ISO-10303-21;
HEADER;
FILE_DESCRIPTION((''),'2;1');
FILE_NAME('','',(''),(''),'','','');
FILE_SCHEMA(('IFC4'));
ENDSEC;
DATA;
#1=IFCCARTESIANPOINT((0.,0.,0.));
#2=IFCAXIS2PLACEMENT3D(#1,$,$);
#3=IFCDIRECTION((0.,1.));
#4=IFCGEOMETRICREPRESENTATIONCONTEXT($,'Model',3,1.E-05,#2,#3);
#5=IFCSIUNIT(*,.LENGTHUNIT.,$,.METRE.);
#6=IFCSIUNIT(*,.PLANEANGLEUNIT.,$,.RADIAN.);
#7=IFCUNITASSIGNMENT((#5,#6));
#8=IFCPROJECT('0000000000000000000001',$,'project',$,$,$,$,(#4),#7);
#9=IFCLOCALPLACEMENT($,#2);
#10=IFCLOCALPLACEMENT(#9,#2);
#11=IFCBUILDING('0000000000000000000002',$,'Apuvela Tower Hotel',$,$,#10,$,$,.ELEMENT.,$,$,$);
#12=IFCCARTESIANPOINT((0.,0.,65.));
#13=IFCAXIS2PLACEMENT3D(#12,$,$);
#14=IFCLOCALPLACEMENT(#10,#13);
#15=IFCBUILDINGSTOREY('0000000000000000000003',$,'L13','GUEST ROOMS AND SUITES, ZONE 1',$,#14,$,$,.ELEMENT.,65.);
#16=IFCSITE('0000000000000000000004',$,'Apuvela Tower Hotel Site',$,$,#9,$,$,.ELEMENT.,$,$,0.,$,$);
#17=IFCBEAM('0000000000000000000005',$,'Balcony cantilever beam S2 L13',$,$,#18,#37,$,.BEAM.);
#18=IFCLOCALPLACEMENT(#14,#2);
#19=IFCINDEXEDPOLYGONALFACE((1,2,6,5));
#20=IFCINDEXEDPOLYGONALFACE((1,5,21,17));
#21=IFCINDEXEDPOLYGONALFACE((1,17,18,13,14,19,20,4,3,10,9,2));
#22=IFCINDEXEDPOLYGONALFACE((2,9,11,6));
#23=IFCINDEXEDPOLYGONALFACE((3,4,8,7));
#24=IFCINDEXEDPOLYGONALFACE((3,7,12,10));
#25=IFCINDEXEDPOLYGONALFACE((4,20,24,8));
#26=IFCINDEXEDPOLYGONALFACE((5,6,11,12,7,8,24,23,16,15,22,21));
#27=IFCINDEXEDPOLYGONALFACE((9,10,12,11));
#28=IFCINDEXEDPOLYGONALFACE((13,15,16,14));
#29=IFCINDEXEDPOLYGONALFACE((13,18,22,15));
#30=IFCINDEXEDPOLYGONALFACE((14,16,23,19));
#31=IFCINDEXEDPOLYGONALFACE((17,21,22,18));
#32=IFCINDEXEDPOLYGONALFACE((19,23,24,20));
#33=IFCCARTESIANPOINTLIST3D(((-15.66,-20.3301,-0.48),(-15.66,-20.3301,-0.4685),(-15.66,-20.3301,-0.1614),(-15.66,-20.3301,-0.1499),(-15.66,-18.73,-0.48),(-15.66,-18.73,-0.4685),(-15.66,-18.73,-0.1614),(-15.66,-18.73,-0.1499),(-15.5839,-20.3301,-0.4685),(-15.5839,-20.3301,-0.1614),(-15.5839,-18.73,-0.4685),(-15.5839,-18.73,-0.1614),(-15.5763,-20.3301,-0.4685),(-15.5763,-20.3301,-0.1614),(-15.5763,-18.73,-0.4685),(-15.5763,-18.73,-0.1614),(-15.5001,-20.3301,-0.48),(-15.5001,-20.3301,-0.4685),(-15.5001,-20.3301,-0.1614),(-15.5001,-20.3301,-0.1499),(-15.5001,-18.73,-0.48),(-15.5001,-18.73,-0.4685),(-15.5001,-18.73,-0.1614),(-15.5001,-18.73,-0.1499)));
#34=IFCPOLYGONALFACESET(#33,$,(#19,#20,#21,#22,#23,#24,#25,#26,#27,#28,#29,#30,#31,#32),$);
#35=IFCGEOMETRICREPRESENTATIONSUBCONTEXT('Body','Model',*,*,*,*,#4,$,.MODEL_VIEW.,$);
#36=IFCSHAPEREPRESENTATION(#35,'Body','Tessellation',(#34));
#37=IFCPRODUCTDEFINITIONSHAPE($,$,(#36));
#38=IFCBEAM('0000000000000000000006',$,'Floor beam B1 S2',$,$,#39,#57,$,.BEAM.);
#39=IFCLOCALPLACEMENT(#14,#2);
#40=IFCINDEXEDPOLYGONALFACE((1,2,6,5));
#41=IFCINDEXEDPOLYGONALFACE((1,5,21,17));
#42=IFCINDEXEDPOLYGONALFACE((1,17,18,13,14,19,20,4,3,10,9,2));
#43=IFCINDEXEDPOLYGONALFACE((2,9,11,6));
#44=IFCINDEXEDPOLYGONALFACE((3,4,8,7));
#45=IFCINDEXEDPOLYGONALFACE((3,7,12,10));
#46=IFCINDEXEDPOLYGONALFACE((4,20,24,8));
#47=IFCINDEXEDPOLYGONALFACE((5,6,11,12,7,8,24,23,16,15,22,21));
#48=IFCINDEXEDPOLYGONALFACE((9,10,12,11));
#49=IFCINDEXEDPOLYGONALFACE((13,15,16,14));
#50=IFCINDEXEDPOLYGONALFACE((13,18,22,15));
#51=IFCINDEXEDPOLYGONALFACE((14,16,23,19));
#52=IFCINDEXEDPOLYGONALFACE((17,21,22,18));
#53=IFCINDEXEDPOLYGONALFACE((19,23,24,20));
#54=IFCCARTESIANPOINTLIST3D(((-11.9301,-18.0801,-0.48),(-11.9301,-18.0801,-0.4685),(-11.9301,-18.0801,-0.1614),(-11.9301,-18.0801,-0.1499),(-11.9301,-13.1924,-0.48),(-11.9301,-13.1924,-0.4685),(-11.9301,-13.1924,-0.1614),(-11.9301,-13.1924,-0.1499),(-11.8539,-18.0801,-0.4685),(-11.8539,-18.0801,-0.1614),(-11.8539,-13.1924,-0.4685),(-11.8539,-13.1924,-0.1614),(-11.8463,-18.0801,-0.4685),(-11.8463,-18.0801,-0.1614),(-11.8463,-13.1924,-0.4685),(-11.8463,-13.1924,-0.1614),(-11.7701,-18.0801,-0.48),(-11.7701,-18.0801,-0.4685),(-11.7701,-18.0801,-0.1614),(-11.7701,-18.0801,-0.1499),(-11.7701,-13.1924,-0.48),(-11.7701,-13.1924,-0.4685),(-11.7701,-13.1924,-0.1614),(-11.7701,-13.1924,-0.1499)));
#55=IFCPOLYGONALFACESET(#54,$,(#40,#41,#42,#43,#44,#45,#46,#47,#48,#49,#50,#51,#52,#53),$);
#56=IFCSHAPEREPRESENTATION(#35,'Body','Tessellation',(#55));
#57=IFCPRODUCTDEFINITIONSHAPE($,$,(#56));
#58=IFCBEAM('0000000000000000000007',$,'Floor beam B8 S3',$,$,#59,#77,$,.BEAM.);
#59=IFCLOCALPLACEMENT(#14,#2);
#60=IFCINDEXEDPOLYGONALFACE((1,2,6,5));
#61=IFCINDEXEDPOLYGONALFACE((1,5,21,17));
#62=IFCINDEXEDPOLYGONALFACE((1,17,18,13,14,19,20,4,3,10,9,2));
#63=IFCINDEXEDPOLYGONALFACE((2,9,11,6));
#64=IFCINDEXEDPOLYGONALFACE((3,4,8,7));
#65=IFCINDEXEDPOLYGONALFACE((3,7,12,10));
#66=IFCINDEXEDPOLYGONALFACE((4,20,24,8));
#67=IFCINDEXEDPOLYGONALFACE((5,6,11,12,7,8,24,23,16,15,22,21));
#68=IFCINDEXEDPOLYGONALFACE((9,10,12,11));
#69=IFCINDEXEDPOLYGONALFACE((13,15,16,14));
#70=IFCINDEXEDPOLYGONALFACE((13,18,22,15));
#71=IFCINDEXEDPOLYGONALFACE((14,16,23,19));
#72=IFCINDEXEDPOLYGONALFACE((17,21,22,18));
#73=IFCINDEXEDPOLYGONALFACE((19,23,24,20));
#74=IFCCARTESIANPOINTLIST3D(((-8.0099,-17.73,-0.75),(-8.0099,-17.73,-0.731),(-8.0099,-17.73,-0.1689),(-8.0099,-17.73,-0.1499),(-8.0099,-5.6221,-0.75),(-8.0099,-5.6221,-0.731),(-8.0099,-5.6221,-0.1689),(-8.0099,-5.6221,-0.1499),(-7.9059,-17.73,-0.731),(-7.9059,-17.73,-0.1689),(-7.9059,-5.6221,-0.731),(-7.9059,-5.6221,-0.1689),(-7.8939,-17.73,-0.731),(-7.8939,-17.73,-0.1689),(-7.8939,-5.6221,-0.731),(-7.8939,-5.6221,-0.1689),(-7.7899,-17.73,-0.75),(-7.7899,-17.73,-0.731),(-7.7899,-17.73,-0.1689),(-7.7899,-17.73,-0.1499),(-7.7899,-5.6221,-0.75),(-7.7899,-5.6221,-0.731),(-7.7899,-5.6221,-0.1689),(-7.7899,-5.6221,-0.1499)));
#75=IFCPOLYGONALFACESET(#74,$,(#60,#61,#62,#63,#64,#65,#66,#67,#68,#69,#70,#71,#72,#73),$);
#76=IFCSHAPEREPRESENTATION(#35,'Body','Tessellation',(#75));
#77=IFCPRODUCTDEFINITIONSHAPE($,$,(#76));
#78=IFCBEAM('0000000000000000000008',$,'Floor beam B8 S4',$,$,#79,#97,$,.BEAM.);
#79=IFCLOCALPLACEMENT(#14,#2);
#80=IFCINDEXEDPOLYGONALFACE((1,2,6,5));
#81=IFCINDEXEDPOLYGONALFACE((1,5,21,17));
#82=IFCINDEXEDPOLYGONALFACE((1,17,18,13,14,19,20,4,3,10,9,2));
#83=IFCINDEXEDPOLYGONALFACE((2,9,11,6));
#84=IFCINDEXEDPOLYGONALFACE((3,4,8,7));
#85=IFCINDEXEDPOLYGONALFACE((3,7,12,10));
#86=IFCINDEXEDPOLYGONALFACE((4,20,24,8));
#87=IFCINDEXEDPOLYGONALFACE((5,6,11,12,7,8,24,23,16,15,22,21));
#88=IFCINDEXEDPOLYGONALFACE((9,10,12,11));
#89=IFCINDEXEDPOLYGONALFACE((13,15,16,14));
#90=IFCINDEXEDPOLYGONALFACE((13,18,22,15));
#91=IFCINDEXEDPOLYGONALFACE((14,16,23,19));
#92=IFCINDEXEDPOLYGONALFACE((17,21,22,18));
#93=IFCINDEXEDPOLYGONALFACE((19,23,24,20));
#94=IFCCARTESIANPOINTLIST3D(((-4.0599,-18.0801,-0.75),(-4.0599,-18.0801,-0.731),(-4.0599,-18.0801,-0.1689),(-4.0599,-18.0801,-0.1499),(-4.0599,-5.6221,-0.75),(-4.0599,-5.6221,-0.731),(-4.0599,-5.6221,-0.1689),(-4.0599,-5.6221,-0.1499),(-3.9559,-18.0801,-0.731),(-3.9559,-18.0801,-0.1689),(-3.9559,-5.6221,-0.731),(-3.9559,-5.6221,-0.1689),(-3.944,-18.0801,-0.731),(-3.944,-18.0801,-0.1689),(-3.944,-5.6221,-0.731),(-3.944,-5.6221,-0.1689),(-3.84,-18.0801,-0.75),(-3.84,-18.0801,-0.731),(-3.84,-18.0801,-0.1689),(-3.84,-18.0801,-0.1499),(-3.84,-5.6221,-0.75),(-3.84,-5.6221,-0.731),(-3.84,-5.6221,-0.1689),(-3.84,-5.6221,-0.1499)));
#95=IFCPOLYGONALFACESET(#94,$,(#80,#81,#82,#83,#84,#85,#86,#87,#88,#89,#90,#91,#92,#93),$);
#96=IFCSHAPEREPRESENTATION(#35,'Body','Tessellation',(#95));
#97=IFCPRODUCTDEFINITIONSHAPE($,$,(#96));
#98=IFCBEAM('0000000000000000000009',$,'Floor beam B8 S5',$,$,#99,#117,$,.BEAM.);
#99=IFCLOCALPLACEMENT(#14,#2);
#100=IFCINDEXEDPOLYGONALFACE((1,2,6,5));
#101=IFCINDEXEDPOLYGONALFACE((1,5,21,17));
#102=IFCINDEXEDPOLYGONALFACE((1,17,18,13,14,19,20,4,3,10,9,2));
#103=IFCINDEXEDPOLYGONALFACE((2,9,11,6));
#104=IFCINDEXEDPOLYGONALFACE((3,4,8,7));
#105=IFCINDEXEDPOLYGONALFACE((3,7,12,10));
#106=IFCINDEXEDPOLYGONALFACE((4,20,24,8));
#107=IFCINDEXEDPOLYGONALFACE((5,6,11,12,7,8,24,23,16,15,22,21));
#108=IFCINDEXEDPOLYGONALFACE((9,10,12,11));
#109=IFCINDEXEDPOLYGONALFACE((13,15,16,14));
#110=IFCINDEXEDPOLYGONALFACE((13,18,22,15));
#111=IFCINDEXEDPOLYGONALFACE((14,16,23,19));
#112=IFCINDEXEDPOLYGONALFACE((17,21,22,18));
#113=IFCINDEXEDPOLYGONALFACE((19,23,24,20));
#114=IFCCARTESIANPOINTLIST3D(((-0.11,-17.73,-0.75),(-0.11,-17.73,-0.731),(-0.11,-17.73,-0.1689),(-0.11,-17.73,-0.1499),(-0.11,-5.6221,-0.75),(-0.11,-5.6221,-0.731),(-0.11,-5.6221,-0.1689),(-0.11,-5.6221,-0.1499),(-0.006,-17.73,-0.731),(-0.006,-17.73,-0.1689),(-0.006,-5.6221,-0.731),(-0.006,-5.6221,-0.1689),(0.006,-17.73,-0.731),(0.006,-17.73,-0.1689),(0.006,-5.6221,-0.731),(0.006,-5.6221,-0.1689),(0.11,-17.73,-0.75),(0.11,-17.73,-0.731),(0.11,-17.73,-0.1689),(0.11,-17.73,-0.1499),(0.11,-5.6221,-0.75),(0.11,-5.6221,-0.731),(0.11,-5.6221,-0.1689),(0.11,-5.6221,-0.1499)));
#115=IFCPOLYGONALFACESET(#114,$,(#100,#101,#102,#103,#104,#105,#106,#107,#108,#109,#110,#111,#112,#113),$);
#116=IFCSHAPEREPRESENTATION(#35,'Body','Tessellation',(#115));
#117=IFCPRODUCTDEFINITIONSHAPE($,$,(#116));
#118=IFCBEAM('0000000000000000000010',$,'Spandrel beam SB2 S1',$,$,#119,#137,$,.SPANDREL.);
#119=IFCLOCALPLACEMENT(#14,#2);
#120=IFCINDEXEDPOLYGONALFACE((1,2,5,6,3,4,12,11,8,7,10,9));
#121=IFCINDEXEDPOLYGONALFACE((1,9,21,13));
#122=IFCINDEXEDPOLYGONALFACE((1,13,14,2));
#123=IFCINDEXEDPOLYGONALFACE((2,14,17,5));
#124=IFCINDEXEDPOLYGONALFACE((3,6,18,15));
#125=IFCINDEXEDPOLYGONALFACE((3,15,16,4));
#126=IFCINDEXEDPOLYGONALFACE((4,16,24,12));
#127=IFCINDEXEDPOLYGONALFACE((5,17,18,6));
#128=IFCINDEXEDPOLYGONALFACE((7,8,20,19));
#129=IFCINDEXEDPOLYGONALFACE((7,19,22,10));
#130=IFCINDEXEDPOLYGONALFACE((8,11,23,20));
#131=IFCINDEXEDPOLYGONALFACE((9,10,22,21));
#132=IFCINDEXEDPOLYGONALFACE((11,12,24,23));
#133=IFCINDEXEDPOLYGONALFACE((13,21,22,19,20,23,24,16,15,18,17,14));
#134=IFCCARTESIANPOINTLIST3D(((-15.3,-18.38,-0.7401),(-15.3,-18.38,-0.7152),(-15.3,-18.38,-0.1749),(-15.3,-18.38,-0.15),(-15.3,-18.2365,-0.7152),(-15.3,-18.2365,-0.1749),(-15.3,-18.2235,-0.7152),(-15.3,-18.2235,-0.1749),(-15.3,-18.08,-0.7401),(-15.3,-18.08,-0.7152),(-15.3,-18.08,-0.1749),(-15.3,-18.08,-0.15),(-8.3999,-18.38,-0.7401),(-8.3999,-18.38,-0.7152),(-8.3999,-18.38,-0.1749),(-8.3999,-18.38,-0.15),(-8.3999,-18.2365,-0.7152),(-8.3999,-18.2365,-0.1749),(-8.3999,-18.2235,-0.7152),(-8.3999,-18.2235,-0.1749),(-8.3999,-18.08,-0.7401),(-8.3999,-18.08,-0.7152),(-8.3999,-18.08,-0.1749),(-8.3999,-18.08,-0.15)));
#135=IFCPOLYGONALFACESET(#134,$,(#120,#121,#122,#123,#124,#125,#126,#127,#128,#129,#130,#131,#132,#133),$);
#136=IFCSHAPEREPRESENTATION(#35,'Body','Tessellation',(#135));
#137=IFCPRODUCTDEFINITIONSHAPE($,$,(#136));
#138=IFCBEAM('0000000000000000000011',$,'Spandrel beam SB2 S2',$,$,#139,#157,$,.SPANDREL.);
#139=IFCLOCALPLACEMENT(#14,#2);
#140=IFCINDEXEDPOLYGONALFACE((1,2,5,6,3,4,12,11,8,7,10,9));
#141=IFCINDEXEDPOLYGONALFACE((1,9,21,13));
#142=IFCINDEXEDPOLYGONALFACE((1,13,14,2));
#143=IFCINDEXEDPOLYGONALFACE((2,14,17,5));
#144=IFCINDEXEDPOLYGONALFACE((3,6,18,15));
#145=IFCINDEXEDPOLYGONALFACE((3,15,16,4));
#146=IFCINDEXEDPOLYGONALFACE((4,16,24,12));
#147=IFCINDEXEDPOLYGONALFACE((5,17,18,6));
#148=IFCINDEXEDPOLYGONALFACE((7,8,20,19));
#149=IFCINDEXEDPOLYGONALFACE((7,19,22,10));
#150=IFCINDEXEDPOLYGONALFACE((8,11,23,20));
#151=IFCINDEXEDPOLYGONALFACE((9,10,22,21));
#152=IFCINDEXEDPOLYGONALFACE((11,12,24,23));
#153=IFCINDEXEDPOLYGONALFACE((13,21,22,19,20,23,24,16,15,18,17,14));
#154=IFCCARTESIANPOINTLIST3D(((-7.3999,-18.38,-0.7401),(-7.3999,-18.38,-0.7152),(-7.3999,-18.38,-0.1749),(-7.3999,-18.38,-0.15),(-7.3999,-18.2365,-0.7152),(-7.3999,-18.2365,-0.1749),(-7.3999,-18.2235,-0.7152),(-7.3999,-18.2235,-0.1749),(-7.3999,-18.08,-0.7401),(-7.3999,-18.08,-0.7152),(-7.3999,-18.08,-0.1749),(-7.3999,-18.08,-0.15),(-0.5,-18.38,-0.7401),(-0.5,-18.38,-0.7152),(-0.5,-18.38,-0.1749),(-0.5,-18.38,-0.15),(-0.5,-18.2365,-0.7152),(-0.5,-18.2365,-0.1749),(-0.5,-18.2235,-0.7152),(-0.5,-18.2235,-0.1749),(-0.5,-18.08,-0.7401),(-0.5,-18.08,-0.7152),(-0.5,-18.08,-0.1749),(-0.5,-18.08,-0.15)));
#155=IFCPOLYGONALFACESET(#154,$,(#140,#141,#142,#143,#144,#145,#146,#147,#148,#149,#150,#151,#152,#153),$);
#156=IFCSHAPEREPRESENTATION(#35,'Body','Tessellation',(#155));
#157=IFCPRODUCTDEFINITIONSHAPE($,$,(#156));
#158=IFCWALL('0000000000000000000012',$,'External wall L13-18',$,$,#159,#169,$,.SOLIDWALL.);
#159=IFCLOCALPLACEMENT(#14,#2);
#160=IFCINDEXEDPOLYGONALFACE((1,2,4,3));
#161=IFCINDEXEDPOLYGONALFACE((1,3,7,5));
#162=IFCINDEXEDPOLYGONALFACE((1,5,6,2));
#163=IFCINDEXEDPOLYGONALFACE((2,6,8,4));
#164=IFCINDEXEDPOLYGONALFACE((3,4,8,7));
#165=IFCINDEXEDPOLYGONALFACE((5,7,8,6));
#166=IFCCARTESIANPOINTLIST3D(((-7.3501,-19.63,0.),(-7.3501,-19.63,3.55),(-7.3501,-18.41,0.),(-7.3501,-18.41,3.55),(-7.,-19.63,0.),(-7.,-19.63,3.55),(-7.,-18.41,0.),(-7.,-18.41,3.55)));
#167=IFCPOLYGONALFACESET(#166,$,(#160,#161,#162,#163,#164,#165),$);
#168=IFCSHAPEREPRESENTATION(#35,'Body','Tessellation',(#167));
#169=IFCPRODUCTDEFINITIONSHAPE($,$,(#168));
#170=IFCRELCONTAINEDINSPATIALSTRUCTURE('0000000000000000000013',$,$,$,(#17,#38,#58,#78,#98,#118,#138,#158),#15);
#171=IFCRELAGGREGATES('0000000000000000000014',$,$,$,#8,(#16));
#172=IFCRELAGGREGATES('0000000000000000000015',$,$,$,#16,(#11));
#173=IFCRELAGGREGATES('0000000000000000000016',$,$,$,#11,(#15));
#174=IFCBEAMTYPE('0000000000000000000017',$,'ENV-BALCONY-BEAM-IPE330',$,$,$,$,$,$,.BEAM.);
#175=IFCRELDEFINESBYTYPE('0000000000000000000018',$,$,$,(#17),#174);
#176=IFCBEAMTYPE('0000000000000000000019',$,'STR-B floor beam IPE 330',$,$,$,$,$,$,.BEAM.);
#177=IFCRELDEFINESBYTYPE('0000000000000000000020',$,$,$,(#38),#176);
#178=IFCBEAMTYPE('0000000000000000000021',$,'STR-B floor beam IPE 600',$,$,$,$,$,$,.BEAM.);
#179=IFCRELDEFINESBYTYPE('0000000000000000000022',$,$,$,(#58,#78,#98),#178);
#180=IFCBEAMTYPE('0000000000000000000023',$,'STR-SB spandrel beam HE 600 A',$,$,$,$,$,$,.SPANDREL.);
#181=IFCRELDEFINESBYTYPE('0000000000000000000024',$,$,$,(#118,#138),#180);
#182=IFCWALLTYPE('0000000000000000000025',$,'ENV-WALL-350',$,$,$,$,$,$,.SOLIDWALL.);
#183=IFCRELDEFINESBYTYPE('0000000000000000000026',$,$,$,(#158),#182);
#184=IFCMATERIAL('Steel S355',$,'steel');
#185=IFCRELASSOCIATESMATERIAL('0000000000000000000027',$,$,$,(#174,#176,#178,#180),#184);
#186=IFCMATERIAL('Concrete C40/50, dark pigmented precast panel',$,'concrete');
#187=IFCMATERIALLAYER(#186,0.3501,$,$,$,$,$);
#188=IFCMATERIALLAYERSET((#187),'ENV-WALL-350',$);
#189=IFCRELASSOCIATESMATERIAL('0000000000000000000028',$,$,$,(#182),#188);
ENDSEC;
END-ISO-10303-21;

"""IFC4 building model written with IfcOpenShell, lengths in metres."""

from ifc_helpers import new_model, si_unit, direction, frame, frame_2d, origin, origin_2d, place, context, subcontext, project, spatial, rectangle, i_section, extrude, material, layer, layer_set, material_profile, profile_set, type_object, element, save


model = new_model("IFC4")

# Units and contexts
model_context = context("Model", 3, precision=1e-05, world=origin(), true_north=direction((0.0, 1.0)))
body_context = subcontext(model_context, "Body", "Model", "MODEL_VIEW")
ifc_project = project(units=[si_unit("LENGTHUNIT", "METRE"), si_unit("PLANEANGLEUNIT", "RADIAN")], contexts=[model_context])

# Site, building, storey
site_placement = place(None, origin())
site = spatial("IfcSite", under=ifc_project, at=site_placement, Name="Apuvela Tower Hotel Site", CompositionType="ELEMENT", RefElevation=0.0)
building_placement = place(site_placement, origin())
building = spatial("IfcBuilding", under=site, at=building_placement, Name="Apuvela Tower Hotel", CompositionType="ELEMENT")
storey_placement = place(building_placement, frame((0.0, 0.0, 65.0)))
storey = spatial("IfcBuildingStorey", under=building, at=storey_placement, Name="L13", Description="GUEST ROOMS AND SUITES, ZONE 1", CompositionType="ELEMENT", Elevation=65.0)

# Beams
ifc_material_1 = material(Name="Steel S355", Category="steel")
ifc_material_profile_1 = material_profile(ifc_material_1, i_section(OverallWidth=0.1599, OverallDepth=0.3301, WebThickness=0.0076, FlangeThickness=0.0115, at=origin_2d()), Name="IPE 330")
ifc_profile_set_1 = profile_set([ifc_material_profile_1], Name="Steel S355")
beam_type_1 = type_object("IfcBeamType", Name="ENV-BALCONY-BEAM-IPE330", PredefinedType="BEAM", material=ifc_profile_set_1)
beam_1_placement = place(storey_placement, frame((-15.5801, -18.73, -0.3149), z_axis=(0.0, -1.0, 0.0), x_axis=(1.0, 0.0, 0.0)))
element("IfcBeam", 1, at=beam_1_placement, inside=storey, type_object=beam_type_1, Name="Balcony cantilever beam S2 L13", PredefinedType="BEAM", context=body_context, shape_type="SweptSolid", body=[
    extrude(i_section(OverallWidth=0.1599, OverallDepth=0.3301, WebThickness=0.0076, FlangeThickness=0.0115, at=origin_2d()), origin(), (0.0, 0.0, 1.0), 1.6001),
])
ifc_material_profile_2 = material_profile(ifc_material_1, i_section(OverallWidth=0.1599, OverallDepth=0.3301, WebThickness=0.0076, FlangeThickness=0.0115, at=origin_2d()), Name="IPE 330")
ifc_profile_set_2 = profile_set([ifc_material_profile_2], Name="Steel S355")
beam_type_2 = type_object("IfcBeamType", Name="STR-B floor beam IPE 330", PredefinedType="BEAM", material=ifc_profile_set_2)
beam_2_placement = place(storey_placement, frame((-11.8501, -18.0801, -0.3149), z_axis=(0.0, 1.0, 0.0), x_axis=(-1.0, 0.0, 0.0)))
element("IfcBeam", 2, at=beam_2_placement, inside=storey, type_object=beam_type_2, Name="Floor beam B1 S2", PredefinedType="BEAM", context=body_context, shape_type="SweptSolid", body=[
    extrude(i_section(OverallWidth=0.1599, OverallDepth=0.3301, WebThickness=0.0076, FlangeThickness=0.0115, at=origin_2d()), origin(), (0.0, 0.0, 1.0), 4.8877),
])
ifc_material_profile_3 = material_profile(ifc_material_1, i_section(OverallWidth=0.22, OverallDepth=0.6001, WebThickness=0.012, FlangeThickness=0.019, at=origin_2d()), Name="IPE 600")
ifc_profile_set_3 = profile_set([ifc_material_profile_3], Name="Steel S355")
beam_type_3 = type_object("IfcBeamType", Name="STR-B floor beam IPE 600", PredefinedType="BEAM", material=ifc_profile_set_3)
beam_3_placement = place(storey_placement, frame((-7.8999, -17.73, -0.45), z_axis=(0.0, 1.0, 0.0), x_axis=(-1.0, 0.0, 0.0)))
element("IfcBeam", 3, at=beam_3_placement, inside=storey, type_object=beam_type_3, Name="Floor beam B8 S3", PredefinedType="BEAM", context=body_context, shape_type="SweptSolid", body=[
    extrude(i_section(OverallWidth=0.22, OverallDepth=0.6001, WebThickness=0.012, FlangeThickness=0.019, at=origin_2d()), origin(), (0.0, 0.0, 1.0), 12.1079),
])
beam_4_placement = place(storey_placement, frame((-3.95, -18.0801, -0.45), z_axis=(0.0, 1.0, 0.0), x_axis=(-1.0, 0.0, 0.0)))
element("IfcBeam", 4, at=beam_4_placement, inside=storey, type_object=beam_type_3, Name="Floor beam B8 S4", PredefinedType="BEAM", context=body_context, shape_type="SweptSolid", body=[
    extrude(i_section(OverallWidth=0.22, OverallDepth=0.6001, WebThickness=0.012, FlangeThickness=0.019, at=origin_2d()), origin(), (0.0, 0.0, 1.0), 12.458),
])
beam_5_placement = place(storey_placement, frame((0.0, -17.73, -0.45), z_axis=(0.0, 1.0, 0.0), x_axis=(-1.0, 0.0, 0.0)))
element("IfcBeam", 5, at=beam_5_placement, inside=storey, type_object=beam_type_3, Name="Floor beam B8 S5", PredefinedType="BEAM", context=body_context, shape_type="SweptSolid", body=[
    extrude(i_section(OverallWidth=0.22, OverallDepth=0.6001, WebThickness=0.012, FlangeThickness=0.019, at=origin_2d()), origin(), (0.0, 0.0, 1.0), 12.1079),
])
ifc_material_profile_4 = material_profile(ifc_material_1, i_section(OverallWidth=0.3, OverallDepth=0.5901, WebThickness=0.0129, FlangeThickness=0.0249, at=origin_2d()), Name="HE 600 A")
ifc_profile_set_4 = profile_set([ifc_material_profile_4], Name="Steel S355")
beam_type_4 = type_object("IfcBeamType", Name="STR-SB spandrel beam HE 600 A", PredefinedType="SPANDREL", material=ifc_profile_set_4)
beam_6_placement = place(storey_placement, frame((-15.3, -18.23, -0.4451), z_axis=(1.0, 0.0, 0.0), x_axis=(0.0, 1.0, 0.0)))
element("IfcBeam", 6, at=beam_6_placement, inside=storey, type_object=beam_type_4, Name="Spandrel beam SB2 S1", PredefinedType="SPANDREL", context=body_context, shape_type="SweptSolid", body=[
    extrude(i_section(OverallWidth=0.3, OverallDepth=0.5901, WebThickness=0.0129, FlangeThickness=0.0249, at=origin_2d()), origin(), (0.0, 0.0, 1.0), 6.9001),
])
beam_7_placement = place(storey_placement, frame((-7.3999, -18.23, -0.4451), z_axis=(1.0, 0.0, 0.0), x_axis=(0.0, 1.0, 0.0)))
element("IfcBeam", 7, at=beam_7_placement, inside=storey, type_object=beam_type_4, Name="Spandrel beam SB2 S2", PredefinedType="SPANDREL", context=body_context, shape_type="SweptSolid", body=[
    extrude(i_section(OverallWidth=0.3, OverallDepth=0.5901, WebThickness=0.0129, FlangeThickness=0.0249, at=origin_2d()), origin(), (0.0, 0.0, 1.0), 6.8999),
])

# Wall
ifc_material_2 = material(Name="Concrete C40/50, dark pigmented precast panel", Category="concrete")
ifc_layer_1 = layer(ifc_material_2, 0.3501)
ifc_layer_set_1 = layer_set([ifc_layer_1], Name="ENV-WALL-350")
wall_type_1 = type_object("IfcWallType", Name="ENV-WALL-350", PredefinedType="SOLIDWALL", material=ifc_layer_set_1)
wall_1_placement = place(storey_placement, frame((-7.175, -19.6299, 0.0), z_axis=(0.0, 0.0, 1.0), x_axis=(0.0, 1.0, 0.0)))
element("IfcWall", 8, at=wall_1_placement, inside=storey, type_object=wall_type_1, Name="External wall L13-18", PredefinedType="SOLIDWALL", context=body_context, shape_type="SweptSolid", body=[
    extrude(rectangle(XDim=1.22, YDim=0.3501, at=frame_2d((0.6099, 0.0))), origin(), (0.0, 0.0, 1.0), 3.55),
])

save(model, "model.ifc")
